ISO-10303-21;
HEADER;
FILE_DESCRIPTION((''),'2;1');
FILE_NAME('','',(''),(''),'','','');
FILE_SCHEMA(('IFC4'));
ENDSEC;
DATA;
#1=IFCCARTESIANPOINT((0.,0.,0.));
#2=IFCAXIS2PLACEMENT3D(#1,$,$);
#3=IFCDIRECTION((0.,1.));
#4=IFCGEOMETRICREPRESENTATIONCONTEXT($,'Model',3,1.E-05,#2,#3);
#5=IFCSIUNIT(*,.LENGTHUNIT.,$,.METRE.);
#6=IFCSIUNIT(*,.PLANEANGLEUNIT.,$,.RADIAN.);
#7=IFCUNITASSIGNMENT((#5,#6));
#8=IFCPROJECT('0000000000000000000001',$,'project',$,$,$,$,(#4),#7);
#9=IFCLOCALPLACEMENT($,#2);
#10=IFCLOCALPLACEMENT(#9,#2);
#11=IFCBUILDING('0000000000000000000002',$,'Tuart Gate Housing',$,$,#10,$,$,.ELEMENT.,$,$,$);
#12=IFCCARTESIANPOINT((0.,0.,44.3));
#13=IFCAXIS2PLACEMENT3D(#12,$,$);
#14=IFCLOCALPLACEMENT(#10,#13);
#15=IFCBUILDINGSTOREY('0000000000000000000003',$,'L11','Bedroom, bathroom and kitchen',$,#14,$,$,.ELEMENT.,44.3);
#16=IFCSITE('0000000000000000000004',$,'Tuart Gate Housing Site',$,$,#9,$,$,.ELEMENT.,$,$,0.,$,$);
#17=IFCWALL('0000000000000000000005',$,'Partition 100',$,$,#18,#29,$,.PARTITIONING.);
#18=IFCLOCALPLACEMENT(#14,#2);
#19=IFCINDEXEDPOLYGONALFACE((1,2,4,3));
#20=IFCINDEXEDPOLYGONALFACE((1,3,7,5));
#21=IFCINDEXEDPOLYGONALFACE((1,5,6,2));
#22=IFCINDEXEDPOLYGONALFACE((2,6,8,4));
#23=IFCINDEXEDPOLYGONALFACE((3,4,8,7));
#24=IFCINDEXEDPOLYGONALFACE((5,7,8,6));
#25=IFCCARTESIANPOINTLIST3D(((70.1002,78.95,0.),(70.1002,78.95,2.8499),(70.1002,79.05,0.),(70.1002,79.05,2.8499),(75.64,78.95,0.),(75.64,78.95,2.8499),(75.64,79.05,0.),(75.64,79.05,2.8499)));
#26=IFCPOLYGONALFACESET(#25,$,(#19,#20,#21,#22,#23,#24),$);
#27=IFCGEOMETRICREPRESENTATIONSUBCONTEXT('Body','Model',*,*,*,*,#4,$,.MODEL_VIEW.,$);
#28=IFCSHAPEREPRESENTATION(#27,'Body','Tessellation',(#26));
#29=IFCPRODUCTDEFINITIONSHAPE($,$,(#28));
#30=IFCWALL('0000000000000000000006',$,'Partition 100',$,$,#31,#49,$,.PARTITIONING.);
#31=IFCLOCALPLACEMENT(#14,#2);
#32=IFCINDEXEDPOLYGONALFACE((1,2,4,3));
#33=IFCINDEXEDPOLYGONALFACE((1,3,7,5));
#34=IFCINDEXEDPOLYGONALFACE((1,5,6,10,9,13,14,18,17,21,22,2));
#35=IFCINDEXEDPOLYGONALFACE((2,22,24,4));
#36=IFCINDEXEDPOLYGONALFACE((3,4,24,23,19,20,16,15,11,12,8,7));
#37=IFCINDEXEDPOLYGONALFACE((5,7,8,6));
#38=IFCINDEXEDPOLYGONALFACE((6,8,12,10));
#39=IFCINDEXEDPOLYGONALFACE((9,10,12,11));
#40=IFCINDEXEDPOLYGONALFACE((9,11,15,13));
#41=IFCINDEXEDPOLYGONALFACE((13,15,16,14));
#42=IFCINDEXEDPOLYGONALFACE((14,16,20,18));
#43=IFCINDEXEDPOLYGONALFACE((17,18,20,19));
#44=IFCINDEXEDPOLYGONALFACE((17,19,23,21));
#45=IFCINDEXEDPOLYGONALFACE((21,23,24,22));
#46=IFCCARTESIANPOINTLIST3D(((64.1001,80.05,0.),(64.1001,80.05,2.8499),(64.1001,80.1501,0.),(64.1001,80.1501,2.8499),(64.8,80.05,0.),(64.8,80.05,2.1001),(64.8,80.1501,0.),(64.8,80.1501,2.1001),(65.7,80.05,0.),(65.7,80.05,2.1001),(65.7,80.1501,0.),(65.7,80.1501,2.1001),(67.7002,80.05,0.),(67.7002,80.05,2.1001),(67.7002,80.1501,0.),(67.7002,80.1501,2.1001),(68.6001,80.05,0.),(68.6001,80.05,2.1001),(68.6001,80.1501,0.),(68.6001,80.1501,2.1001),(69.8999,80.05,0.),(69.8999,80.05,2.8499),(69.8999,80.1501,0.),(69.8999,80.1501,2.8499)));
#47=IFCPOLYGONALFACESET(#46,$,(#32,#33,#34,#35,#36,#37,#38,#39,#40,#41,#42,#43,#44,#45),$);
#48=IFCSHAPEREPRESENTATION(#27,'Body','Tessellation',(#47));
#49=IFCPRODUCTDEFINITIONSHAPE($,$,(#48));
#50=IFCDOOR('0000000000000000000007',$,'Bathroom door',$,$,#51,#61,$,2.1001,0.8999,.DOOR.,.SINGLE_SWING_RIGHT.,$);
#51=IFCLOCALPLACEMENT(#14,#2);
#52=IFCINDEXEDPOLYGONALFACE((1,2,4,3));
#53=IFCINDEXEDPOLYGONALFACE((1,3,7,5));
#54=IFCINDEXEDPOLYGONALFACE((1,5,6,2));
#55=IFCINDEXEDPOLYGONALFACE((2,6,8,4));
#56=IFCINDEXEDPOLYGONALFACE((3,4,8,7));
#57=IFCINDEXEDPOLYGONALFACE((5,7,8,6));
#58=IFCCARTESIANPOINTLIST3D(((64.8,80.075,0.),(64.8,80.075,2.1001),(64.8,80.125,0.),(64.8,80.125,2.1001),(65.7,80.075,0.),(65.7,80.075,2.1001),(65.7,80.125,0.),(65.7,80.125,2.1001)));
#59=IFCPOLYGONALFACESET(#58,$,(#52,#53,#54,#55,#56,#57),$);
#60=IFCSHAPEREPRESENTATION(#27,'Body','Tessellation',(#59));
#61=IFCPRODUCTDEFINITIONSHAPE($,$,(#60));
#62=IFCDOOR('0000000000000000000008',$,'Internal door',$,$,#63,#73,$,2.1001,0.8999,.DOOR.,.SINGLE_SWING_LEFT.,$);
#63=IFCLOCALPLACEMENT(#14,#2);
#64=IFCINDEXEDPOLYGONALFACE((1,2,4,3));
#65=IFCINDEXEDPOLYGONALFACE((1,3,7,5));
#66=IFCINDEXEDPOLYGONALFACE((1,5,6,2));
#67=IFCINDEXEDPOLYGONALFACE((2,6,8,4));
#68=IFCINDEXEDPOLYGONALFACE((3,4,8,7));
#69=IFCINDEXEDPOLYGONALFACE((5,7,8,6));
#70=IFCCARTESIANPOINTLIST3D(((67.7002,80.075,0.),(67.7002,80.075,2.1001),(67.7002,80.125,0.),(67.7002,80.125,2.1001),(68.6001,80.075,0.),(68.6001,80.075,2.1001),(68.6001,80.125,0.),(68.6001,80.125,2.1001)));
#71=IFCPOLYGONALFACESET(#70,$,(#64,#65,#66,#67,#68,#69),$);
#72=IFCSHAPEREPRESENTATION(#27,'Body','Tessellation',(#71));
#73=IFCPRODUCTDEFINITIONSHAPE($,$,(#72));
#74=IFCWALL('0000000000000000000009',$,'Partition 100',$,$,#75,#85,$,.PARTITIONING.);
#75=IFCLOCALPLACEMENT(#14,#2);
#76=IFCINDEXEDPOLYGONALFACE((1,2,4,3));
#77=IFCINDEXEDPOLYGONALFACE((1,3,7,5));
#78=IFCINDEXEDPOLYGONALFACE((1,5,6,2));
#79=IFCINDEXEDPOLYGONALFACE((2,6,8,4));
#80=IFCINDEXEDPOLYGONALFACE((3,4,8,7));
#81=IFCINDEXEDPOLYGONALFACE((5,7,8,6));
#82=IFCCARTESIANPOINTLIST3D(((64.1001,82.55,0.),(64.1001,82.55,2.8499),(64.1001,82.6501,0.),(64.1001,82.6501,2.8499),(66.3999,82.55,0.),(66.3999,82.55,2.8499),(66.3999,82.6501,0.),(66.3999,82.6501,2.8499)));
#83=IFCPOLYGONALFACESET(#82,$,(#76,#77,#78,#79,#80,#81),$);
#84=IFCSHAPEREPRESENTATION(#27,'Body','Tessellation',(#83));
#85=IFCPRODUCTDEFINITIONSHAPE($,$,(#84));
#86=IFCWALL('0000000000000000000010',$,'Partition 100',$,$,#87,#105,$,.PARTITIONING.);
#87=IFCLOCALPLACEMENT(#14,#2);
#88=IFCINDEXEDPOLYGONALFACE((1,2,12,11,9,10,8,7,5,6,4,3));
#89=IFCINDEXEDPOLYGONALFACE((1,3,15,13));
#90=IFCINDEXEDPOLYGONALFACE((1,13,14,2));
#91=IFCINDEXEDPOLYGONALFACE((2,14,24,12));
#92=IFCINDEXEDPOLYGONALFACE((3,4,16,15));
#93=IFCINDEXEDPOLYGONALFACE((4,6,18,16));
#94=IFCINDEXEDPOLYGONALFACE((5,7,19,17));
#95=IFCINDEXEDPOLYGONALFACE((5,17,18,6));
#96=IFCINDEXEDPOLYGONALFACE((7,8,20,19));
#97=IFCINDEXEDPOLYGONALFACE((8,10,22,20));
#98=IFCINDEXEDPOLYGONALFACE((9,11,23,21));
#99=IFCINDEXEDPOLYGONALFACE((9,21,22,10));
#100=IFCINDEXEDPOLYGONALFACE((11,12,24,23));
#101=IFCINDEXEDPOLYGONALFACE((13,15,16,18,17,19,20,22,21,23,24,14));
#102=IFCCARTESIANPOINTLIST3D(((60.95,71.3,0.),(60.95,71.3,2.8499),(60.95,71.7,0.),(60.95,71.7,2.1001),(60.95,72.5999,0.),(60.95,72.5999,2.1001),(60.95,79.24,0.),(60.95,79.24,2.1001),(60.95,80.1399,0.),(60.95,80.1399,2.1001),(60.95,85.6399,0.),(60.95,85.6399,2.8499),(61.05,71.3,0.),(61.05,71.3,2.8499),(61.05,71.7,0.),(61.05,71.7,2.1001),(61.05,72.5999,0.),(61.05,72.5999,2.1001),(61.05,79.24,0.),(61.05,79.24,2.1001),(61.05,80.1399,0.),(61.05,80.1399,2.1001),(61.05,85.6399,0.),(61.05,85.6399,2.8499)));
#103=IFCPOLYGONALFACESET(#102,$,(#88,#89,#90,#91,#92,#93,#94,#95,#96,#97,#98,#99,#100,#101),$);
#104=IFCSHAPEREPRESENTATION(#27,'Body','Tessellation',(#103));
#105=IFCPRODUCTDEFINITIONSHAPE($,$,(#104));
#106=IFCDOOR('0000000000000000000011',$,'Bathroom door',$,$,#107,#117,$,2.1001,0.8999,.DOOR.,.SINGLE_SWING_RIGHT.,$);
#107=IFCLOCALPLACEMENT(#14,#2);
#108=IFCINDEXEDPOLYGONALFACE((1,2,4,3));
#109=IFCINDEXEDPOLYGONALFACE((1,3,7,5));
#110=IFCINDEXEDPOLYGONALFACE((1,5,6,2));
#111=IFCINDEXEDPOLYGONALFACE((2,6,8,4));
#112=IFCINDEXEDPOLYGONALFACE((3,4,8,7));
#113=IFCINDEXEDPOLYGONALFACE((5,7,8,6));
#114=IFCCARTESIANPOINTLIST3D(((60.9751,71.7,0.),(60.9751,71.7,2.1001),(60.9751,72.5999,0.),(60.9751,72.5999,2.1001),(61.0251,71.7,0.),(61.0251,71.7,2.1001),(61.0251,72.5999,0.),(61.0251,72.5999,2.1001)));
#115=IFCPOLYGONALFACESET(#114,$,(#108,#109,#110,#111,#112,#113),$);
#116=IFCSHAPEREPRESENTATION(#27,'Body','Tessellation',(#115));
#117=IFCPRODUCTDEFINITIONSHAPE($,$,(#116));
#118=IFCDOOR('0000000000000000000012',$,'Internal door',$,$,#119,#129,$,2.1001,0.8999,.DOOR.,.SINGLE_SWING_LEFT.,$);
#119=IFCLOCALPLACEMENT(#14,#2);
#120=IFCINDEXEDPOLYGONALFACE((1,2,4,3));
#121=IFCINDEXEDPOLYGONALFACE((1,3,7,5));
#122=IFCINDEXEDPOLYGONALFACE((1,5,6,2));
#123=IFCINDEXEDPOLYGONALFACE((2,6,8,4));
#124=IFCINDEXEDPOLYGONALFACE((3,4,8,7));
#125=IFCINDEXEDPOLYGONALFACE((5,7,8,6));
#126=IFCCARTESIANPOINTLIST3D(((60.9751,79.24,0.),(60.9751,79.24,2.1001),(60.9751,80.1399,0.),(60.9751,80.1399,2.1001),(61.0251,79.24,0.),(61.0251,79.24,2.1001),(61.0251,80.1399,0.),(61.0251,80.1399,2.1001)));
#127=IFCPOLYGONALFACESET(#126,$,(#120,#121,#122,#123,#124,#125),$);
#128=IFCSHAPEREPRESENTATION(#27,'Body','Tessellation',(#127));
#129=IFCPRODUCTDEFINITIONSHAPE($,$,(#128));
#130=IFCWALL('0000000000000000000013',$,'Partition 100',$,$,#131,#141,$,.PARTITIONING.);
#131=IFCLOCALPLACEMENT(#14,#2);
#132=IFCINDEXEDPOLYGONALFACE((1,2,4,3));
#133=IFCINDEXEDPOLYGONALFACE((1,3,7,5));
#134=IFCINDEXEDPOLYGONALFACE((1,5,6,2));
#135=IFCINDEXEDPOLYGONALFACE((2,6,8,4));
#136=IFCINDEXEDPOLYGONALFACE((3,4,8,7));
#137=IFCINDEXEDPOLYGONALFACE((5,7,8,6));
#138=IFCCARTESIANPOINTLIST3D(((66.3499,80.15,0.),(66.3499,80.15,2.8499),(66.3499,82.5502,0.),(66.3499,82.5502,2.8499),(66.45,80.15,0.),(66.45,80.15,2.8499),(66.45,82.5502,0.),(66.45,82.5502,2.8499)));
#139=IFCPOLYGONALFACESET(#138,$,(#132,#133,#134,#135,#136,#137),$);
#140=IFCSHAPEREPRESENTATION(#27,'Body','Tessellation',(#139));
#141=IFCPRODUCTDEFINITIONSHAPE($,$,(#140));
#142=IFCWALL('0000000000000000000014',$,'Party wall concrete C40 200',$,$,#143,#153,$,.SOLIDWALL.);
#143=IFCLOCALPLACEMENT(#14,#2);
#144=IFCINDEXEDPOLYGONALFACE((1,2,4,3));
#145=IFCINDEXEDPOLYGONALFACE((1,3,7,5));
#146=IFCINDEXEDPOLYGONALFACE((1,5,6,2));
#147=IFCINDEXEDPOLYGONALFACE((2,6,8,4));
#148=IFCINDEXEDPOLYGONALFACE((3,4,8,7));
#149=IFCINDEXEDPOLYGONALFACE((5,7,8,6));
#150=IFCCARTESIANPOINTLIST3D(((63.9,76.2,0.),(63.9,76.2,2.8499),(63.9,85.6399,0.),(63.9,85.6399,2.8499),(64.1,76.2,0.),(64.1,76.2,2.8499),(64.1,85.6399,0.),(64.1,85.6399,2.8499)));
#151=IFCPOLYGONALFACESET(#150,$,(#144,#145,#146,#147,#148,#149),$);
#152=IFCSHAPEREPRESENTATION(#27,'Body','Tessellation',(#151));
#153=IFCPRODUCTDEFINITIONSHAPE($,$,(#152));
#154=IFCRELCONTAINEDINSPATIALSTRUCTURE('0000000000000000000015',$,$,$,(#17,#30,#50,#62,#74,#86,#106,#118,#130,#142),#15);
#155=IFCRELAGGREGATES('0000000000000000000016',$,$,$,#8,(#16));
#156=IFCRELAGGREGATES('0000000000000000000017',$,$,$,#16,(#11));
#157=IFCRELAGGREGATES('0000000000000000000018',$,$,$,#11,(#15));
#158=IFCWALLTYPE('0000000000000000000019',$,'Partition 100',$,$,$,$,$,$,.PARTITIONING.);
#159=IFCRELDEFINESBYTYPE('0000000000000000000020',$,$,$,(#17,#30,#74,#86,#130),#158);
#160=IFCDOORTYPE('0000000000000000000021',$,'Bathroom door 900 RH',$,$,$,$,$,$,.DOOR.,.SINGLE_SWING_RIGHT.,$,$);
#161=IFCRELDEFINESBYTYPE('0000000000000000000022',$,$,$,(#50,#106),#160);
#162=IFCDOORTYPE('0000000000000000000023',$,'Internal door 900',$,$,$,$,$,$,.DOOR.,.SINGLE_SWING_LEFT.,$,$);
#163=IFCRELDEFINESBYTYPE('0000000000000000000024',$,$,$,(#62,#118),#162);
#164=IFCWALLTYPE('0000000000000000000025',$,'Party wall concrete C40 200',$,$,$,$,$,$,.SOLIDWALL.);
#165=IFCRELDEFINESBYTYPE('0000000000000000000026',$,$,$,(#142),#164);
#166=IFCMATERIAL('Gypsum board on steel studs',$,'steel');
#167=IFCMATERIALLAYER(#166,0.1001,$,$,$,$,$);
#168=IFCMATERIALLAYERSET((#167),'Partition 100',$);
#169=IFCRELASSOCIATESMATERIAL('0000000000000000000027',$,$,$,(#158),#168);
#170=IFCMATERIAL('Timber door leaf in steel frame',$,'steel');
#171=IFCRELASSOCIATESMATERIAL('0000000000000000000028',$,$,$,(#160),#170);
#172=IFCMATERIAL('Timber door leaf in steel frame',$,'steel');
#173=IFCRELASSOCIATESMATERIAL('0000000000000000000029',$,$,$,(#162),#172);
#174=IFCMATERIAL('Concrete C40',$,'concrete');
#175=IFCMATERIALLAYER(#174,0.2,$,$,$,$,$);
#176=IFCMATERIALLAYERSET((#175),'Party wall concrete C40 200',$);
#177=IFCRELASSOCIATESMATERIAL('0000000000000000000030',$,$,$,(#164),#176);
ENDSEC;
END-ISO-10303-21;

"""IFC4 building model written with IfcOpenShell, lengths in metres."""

from ifc_helpers import new_model, si_unit, direction, frame, frame_2d, origin, place, context, subcontext, project, spatial, rectangle, extrude, material, layer, layer_set, type_object, element, fill, save


model = new_model("IFC4")

# Units and contexts
model_context = context("Model", 3, precision=1e-05, world=origin(), true_north=direction((0.0, 1.0)))
body_context = subcontext(model_context, "Body", "Model", "MODEL_VIEW")
ifc_project = project(units=[si_unit("LENGTHUNIT", "METRE"), si_unit("PLANEANGLEUNIT", "RADIAN")], contexts=[model_context])

# Site, building, storey
site_placement = place(None, origin())
site = spatial("IfcSite", under=ifc_project, at=site_placement, Name="Tuart Gate Housing Site", CompositionType="ELEMENT", RefElevation=0.0)
building_placement = place(site_placement, origin())
building = spatial("IfcBuilding", under=site, at=building_placement, Name="Tuart Gate Housing", CompositionType="ELEMENT")
storey_placement = place(building_placement, frame((0.0, 0.0, 44.3)))
storey = spatial("IfcBuildingStorey", under=building, at=storey_placement, Name="L11", Description="Bedroom, bathroom and kitchen", CompositionType="ELEMENT", Elevation=44.3)

# Wall
ifc_material_1 = material(Name="Gypsum board on steel studs", Category="steel")
ifc_layer_1 = layer(ifc_material_1, 0.1001)
ifc_layer_set_1 = layer_set([ifc_layer_1], Name="Partition 100")
wall_type_1 = type_object("IfcWallType", Name="Partition 100", PredefinedType="PARTITIONING", material=ifc_layer_set_1)
wall_1_placement = place(storey_placement, frame((70.1001, 79.0, 0.0), z_axis=(0.0, 0.0, 1.0), x_axis=(1.0, 0.0, 0.0)))
element("IfcWall", 1, at=wall_1_placement, inside=storey, type_object=wall_type_1, Name="Partition 100", PredefinedType="PARTITIONING", context=body_context, shape_type="SweptSolid", body=[
    extrude(rectangle(XDim=5.5398, YDim=0.1001, at=frame_2d((2.77, 0.0))), origin(), (0.0, 0.0, 1.0), 2.8499),
])

# Wall, openings, doors
wall_2_placement = place(storey_placement, frame((64.1001, 80.1001, 0.0), z_axis=(0.0, 0.0, 1.0), x_axis=(1.0, 0.0, 0.0)))
wall_2 = element("IfcWall", 2, at=wall_2_placement, inside=storey, type_object=wall_type_1, Name="Partition 100", PredefinedType="PARTITIONING", context=body_context, shape_type="SweptSolid", body=[
    extrude(rectangle(XDim=5.7998, YDim=0.1001, at=frame_2d((2.8999, 0.0))), origin(), (0.0, 0.0, 1.0), 2.8499),
])
opening_1_placement = place(wall_2_placement, frame((3.6001, 0.0, 0.0)))
opening_1 = element("IfcOpeningElement", 3, at=opening_1_placement, cuts=wall_2, PredefinedType="OPENING", context=body_context, shape_type="SweptSolid", body=[
    extrude(rectangle(XDim=0.8999, YDim=2.1001, at=frame_2d((0.45, 1.05))), frame((0.0, 0.0601, 0.0), z_axis=(0.0, -1.0, 0.0), x_axis=(1.0, 0.0, 0.0)), (0.0, 0.0, 1.0), 0.1201),
])
opening_2_placement = place(wall_2_placement, frame((0.7, 0.0, 0.0)))
opening_2 = element("IfcOpeningElement", 4, at=opening_2_placement, cuts=wall_2, PredefinedType="OPENING", context=body_context, shape_type="SweptSolid", body=[
    extrude(rectangle(XDim=0.8999, YDim=2.1001, at=frame_2d((0.45, 1.05))), frame((0.0, 0.0601, 0.0), z_axis=(0.0, -1.0, 0.0), x_axis=(1.0, 0.0, 0.0)), (0.0, 0.0, 1.0), 0.1201),
])
ifc_material_2 = material(Name="Timber door leaf in steel frame", Category="steel")
door_type_1 = type_object("IfcDoorType", Name="Bathroom door 900 RH", OperationType="SINGLE_SWING_RIGHT", PredefinedType="DOOR", material=ifc_material_2)
door_1_placement = place(opening_2_placement, origin())
door_1 = element("IfcDoor", 5, at=door_1_placement, inside=storey, type_object=door_type_1, Name="Bathroom door", OperationType="SINGLE_SWING_RIGHT", OverallHeight=2.1001, OverallWidth=0.8999, PredefinedType="DOOR", context=body_context, shape_type="SweptSolid", body=[
    extrude(rectangle(XDim=0.8999, YDim=2.1001, at=frame_2d((0.45, 1.05))), frame((0.0, 0.0249, 0.0), z_axis=(0.0, -1.0, 0.0), x_axis=(1.0, 0.0, 0.0)), (0.0, 0.0, 1.0), 0.05),
])
fill(opening_2, door_1)
ifc_material_3 = material(Name="Timber door leaf in steel frame", Category="steel")
door_type_2 = type_object("IfcDoorType", Name="Internal door 900", OperationType="SINGLE_SWING_LEFT", PredefinedType="DOOR", material=ifc_material_3)
door_2_placement = place(opening_1_placement, frame((0.8999, 0.0, 0.0), z_axis=(0.0, 0.0, 1.0), x_axis=(-1.0, 0.0, 0.0)))
door_2 = element("IfcDoor", 6, at=door_2_placement, inside=storey, type_object=door_type_2, Name="Internal door", OperationType="SINGLE_SWING_LEFT", OverallHeight=2.1001, OverallWidth=0.8999, PredefinedType="DOOR", context=body_context, shape_type="SweptSolid", body=[
    extrude(rectangle(XDim=0.8999, YDim=2.1001, at=frame_2d((0.45, 1.05))), frame((0.0, 0.0251, 0.0), z_axis=(0.0, -1.0, 0.0), x_axis=(1.0, 0.0, 0.0)), (0.0, 0.0, 1.0), 0.05),
])
fill(opening_1, door_2)

# Wall
wall_3_placement = place(storey_placement, frame((64.1001, 82.6001, 0.0), z_axis=(0.0, 0.0, 1.0), x_axis=(1.0, 0.0, 0.0)))
element("IfcWall", 7, at=wall_3_placement, inside=storey, type_object=wall_type_1, Name="Partition 100", PredefinedType="PARTITIONING", context=body_context, shape_type="SweptSolid", body=[
    extrude(rectangle(XDim=2.2998, YDim=0.1001, at=frame_2d((1.1499, 0.0))), origin(), (0.0, 0.0, 1.0), 2.8499),
])

# Wall, openings, doors
wall_4_placement = place(storey_placement, frame((61.0, 71.3, 0.0), z_axis=(0.0, 0.0, 1.0), x_axis=(0.0, 1.0, 0.0)))
wall_4 = element("IfcWall", 8, at=wall_4_placement, inside=storey, type_object=wall_type_1, Name="Partition 100", PredefinedType="PARTITIONING", context=body_context, shape_type="SweptSolid", body=[
    extrude(rectangle(XDim=14.3398, YDim=0.1001, at=frame_2d((7.1699, 0.0))), origin(), (0.0, 0.0, 1.0), 2.8499),
])
opening_3_placement = place(wall_4_placement, frame((7.9399, 0.0, 0.0)))
opening_3 = element("IfcOpeningElement", 9, at=opening_3_placement, cuts=wall_4, PredefinedType="OPENING", context=body_context, shape_type="SweptSolid", body=[
    extrude(rectangle(XDim=0.8999, YDim=2.1001, at=frame_2d((0.45, 1.05))), frame((0.0, 0.0601, 0.0), z_axis=(0.0, -1.0, 0.0), x_axis=(1.0, 0.0, 0.0)), (0.0, 0.0, 1.0), 0.1201),
])
opening_4_placement = place(wall_4_placement, frame((0.3999, 0.0, 0.0)))
opening_4 = element("IfcOpeningElement", 10, at=opening_4_placement, cuts=wall_4, PredefinedType="OPENING", context=body_context, shape_type="SweptSolid", body=[
    extrude(rectangle(XDim=0.8999, YDim=2.1001, at=frame_2d((0.45, 1.05))), frame((0.0, 0.0601, 0.0), z_axis=(0.0, -1.0, 0.0), x_axis=(1.0, 0.0, 0.0)), (0.0, 0.0, 1.0), 0.1201),
])
door_3_placement = place(opening_4_placement, frame((0.8999, 0.0, 0.0), z_axis=(0.0, 0.0, 1.0), x_axis=(-1.0, 0.0, 0.0)))
door_3 = element("IfcDoor", 11, at=door_3_placement, inside=storey, type_object=door_type_1, Name="Bathroom door", OperationType="SINGLE_SWING_RIGHT", OverallHeight=2.1001, OverallWidth=0.8999, PredefinedType="DOOR", context=body_context, shape_type="SweptSolid", body=[
    extrude(rectangle(XDim=0.8999, YDim=2.1001, at=frame_2d((0.45, 1.05))), frame((0.0, 0.0251, 0.0), z_axis=(0.0, -1.0, 0.0), x_axis=(1.0, 0.0, 0.0)), (0.0, 0.0, 1.0), 0.05),
])
fill(opening_4, door_3)
door_4_placement = place(opening_3_placement, frame((0.8999, 0.0, 0.0), z_axis=(0.0, 0.0, 1.0), x_axis=(-1.0, 0.0, 0.0)))
door_4 = element("IfcDoor", 12, at=door_4_placement, inside=storey, type_object=door_type_2, Name="Internal door", OperationType="SINGLE_SWING_LEFT", OverallHeight=2.1001, OverallWidth=0.8999, PredefinedType="DOOR", context=body_context, shape_type="SweptSolid", body=[
    extrude(rectangle(XDim=0.8999, YDim=2.1001, at=frame_2d((0.45, 1.05))), frame((0.0, 0.0251, 0.0), z_axis=(0.0, -1.0, 0.0), x_axis=(1.0, 0.0, 0.0)), (0.0, 0.0, 1.0), 0.05),
])
fill(opening_3, door_4)

# Walls
wall_5_placement = place(storey_placement, frame((66.3999, 80.1499, 0.0), z_axis=(0.0, 0.0, 1.0), x_axis=(0.0, 1.0, 0.0)))
element("IfcWall", 13, at=wall_5_placement, inside=storey, type_object=wall_type_1, Name="Partition 100", PredefinedType="PARTITIONING", context=body_context, shape_type="SweptSolid", body=[
    extrude(rectangle(XDim=2.4001, YDim=0.1001, at=frame_2d((1.2002, 0.0))), origin(), (0.0, 0.0, 1.0), 2.8499),
])
ifc_material_4 = material(Name="Concrete C40", Category="concrete")
ifc_layer_2 = layer(ifc_material_4, 0.2)
ifc_layer_set_2 = layer_set([ifc_layer_2], Name="Party wall concrete C40 200")
wall_type_2 = type_object("IfcWallType", Name="Party wall concrete C40 200", PredefinedType="SOLIDWALL", material=ifc_layer_set_2)
wall_6_placement = place(storey_placement, frame((64.0, 76.2, 0.0), z_axis=(0.0, 0.0, 1.0), x_axis=(0.0, 1.0, 0.0)))
element("IfcWall", 14, at=wall_6_placement, inside=storey, type_object=wall_type_2, Name="Party wall concrete C40 200", PredefinedType="SOLIDWALL", context=body_context, shape_type="SweptSolid", body=[
    extrude(rectangle(XDim=9.4399, YDim=0.2, at=frame_2d((4.72, 0.0))), origin(), (0.0, 0.0, 1.0), 2.8499),
])

save(model, "model.ifc")
